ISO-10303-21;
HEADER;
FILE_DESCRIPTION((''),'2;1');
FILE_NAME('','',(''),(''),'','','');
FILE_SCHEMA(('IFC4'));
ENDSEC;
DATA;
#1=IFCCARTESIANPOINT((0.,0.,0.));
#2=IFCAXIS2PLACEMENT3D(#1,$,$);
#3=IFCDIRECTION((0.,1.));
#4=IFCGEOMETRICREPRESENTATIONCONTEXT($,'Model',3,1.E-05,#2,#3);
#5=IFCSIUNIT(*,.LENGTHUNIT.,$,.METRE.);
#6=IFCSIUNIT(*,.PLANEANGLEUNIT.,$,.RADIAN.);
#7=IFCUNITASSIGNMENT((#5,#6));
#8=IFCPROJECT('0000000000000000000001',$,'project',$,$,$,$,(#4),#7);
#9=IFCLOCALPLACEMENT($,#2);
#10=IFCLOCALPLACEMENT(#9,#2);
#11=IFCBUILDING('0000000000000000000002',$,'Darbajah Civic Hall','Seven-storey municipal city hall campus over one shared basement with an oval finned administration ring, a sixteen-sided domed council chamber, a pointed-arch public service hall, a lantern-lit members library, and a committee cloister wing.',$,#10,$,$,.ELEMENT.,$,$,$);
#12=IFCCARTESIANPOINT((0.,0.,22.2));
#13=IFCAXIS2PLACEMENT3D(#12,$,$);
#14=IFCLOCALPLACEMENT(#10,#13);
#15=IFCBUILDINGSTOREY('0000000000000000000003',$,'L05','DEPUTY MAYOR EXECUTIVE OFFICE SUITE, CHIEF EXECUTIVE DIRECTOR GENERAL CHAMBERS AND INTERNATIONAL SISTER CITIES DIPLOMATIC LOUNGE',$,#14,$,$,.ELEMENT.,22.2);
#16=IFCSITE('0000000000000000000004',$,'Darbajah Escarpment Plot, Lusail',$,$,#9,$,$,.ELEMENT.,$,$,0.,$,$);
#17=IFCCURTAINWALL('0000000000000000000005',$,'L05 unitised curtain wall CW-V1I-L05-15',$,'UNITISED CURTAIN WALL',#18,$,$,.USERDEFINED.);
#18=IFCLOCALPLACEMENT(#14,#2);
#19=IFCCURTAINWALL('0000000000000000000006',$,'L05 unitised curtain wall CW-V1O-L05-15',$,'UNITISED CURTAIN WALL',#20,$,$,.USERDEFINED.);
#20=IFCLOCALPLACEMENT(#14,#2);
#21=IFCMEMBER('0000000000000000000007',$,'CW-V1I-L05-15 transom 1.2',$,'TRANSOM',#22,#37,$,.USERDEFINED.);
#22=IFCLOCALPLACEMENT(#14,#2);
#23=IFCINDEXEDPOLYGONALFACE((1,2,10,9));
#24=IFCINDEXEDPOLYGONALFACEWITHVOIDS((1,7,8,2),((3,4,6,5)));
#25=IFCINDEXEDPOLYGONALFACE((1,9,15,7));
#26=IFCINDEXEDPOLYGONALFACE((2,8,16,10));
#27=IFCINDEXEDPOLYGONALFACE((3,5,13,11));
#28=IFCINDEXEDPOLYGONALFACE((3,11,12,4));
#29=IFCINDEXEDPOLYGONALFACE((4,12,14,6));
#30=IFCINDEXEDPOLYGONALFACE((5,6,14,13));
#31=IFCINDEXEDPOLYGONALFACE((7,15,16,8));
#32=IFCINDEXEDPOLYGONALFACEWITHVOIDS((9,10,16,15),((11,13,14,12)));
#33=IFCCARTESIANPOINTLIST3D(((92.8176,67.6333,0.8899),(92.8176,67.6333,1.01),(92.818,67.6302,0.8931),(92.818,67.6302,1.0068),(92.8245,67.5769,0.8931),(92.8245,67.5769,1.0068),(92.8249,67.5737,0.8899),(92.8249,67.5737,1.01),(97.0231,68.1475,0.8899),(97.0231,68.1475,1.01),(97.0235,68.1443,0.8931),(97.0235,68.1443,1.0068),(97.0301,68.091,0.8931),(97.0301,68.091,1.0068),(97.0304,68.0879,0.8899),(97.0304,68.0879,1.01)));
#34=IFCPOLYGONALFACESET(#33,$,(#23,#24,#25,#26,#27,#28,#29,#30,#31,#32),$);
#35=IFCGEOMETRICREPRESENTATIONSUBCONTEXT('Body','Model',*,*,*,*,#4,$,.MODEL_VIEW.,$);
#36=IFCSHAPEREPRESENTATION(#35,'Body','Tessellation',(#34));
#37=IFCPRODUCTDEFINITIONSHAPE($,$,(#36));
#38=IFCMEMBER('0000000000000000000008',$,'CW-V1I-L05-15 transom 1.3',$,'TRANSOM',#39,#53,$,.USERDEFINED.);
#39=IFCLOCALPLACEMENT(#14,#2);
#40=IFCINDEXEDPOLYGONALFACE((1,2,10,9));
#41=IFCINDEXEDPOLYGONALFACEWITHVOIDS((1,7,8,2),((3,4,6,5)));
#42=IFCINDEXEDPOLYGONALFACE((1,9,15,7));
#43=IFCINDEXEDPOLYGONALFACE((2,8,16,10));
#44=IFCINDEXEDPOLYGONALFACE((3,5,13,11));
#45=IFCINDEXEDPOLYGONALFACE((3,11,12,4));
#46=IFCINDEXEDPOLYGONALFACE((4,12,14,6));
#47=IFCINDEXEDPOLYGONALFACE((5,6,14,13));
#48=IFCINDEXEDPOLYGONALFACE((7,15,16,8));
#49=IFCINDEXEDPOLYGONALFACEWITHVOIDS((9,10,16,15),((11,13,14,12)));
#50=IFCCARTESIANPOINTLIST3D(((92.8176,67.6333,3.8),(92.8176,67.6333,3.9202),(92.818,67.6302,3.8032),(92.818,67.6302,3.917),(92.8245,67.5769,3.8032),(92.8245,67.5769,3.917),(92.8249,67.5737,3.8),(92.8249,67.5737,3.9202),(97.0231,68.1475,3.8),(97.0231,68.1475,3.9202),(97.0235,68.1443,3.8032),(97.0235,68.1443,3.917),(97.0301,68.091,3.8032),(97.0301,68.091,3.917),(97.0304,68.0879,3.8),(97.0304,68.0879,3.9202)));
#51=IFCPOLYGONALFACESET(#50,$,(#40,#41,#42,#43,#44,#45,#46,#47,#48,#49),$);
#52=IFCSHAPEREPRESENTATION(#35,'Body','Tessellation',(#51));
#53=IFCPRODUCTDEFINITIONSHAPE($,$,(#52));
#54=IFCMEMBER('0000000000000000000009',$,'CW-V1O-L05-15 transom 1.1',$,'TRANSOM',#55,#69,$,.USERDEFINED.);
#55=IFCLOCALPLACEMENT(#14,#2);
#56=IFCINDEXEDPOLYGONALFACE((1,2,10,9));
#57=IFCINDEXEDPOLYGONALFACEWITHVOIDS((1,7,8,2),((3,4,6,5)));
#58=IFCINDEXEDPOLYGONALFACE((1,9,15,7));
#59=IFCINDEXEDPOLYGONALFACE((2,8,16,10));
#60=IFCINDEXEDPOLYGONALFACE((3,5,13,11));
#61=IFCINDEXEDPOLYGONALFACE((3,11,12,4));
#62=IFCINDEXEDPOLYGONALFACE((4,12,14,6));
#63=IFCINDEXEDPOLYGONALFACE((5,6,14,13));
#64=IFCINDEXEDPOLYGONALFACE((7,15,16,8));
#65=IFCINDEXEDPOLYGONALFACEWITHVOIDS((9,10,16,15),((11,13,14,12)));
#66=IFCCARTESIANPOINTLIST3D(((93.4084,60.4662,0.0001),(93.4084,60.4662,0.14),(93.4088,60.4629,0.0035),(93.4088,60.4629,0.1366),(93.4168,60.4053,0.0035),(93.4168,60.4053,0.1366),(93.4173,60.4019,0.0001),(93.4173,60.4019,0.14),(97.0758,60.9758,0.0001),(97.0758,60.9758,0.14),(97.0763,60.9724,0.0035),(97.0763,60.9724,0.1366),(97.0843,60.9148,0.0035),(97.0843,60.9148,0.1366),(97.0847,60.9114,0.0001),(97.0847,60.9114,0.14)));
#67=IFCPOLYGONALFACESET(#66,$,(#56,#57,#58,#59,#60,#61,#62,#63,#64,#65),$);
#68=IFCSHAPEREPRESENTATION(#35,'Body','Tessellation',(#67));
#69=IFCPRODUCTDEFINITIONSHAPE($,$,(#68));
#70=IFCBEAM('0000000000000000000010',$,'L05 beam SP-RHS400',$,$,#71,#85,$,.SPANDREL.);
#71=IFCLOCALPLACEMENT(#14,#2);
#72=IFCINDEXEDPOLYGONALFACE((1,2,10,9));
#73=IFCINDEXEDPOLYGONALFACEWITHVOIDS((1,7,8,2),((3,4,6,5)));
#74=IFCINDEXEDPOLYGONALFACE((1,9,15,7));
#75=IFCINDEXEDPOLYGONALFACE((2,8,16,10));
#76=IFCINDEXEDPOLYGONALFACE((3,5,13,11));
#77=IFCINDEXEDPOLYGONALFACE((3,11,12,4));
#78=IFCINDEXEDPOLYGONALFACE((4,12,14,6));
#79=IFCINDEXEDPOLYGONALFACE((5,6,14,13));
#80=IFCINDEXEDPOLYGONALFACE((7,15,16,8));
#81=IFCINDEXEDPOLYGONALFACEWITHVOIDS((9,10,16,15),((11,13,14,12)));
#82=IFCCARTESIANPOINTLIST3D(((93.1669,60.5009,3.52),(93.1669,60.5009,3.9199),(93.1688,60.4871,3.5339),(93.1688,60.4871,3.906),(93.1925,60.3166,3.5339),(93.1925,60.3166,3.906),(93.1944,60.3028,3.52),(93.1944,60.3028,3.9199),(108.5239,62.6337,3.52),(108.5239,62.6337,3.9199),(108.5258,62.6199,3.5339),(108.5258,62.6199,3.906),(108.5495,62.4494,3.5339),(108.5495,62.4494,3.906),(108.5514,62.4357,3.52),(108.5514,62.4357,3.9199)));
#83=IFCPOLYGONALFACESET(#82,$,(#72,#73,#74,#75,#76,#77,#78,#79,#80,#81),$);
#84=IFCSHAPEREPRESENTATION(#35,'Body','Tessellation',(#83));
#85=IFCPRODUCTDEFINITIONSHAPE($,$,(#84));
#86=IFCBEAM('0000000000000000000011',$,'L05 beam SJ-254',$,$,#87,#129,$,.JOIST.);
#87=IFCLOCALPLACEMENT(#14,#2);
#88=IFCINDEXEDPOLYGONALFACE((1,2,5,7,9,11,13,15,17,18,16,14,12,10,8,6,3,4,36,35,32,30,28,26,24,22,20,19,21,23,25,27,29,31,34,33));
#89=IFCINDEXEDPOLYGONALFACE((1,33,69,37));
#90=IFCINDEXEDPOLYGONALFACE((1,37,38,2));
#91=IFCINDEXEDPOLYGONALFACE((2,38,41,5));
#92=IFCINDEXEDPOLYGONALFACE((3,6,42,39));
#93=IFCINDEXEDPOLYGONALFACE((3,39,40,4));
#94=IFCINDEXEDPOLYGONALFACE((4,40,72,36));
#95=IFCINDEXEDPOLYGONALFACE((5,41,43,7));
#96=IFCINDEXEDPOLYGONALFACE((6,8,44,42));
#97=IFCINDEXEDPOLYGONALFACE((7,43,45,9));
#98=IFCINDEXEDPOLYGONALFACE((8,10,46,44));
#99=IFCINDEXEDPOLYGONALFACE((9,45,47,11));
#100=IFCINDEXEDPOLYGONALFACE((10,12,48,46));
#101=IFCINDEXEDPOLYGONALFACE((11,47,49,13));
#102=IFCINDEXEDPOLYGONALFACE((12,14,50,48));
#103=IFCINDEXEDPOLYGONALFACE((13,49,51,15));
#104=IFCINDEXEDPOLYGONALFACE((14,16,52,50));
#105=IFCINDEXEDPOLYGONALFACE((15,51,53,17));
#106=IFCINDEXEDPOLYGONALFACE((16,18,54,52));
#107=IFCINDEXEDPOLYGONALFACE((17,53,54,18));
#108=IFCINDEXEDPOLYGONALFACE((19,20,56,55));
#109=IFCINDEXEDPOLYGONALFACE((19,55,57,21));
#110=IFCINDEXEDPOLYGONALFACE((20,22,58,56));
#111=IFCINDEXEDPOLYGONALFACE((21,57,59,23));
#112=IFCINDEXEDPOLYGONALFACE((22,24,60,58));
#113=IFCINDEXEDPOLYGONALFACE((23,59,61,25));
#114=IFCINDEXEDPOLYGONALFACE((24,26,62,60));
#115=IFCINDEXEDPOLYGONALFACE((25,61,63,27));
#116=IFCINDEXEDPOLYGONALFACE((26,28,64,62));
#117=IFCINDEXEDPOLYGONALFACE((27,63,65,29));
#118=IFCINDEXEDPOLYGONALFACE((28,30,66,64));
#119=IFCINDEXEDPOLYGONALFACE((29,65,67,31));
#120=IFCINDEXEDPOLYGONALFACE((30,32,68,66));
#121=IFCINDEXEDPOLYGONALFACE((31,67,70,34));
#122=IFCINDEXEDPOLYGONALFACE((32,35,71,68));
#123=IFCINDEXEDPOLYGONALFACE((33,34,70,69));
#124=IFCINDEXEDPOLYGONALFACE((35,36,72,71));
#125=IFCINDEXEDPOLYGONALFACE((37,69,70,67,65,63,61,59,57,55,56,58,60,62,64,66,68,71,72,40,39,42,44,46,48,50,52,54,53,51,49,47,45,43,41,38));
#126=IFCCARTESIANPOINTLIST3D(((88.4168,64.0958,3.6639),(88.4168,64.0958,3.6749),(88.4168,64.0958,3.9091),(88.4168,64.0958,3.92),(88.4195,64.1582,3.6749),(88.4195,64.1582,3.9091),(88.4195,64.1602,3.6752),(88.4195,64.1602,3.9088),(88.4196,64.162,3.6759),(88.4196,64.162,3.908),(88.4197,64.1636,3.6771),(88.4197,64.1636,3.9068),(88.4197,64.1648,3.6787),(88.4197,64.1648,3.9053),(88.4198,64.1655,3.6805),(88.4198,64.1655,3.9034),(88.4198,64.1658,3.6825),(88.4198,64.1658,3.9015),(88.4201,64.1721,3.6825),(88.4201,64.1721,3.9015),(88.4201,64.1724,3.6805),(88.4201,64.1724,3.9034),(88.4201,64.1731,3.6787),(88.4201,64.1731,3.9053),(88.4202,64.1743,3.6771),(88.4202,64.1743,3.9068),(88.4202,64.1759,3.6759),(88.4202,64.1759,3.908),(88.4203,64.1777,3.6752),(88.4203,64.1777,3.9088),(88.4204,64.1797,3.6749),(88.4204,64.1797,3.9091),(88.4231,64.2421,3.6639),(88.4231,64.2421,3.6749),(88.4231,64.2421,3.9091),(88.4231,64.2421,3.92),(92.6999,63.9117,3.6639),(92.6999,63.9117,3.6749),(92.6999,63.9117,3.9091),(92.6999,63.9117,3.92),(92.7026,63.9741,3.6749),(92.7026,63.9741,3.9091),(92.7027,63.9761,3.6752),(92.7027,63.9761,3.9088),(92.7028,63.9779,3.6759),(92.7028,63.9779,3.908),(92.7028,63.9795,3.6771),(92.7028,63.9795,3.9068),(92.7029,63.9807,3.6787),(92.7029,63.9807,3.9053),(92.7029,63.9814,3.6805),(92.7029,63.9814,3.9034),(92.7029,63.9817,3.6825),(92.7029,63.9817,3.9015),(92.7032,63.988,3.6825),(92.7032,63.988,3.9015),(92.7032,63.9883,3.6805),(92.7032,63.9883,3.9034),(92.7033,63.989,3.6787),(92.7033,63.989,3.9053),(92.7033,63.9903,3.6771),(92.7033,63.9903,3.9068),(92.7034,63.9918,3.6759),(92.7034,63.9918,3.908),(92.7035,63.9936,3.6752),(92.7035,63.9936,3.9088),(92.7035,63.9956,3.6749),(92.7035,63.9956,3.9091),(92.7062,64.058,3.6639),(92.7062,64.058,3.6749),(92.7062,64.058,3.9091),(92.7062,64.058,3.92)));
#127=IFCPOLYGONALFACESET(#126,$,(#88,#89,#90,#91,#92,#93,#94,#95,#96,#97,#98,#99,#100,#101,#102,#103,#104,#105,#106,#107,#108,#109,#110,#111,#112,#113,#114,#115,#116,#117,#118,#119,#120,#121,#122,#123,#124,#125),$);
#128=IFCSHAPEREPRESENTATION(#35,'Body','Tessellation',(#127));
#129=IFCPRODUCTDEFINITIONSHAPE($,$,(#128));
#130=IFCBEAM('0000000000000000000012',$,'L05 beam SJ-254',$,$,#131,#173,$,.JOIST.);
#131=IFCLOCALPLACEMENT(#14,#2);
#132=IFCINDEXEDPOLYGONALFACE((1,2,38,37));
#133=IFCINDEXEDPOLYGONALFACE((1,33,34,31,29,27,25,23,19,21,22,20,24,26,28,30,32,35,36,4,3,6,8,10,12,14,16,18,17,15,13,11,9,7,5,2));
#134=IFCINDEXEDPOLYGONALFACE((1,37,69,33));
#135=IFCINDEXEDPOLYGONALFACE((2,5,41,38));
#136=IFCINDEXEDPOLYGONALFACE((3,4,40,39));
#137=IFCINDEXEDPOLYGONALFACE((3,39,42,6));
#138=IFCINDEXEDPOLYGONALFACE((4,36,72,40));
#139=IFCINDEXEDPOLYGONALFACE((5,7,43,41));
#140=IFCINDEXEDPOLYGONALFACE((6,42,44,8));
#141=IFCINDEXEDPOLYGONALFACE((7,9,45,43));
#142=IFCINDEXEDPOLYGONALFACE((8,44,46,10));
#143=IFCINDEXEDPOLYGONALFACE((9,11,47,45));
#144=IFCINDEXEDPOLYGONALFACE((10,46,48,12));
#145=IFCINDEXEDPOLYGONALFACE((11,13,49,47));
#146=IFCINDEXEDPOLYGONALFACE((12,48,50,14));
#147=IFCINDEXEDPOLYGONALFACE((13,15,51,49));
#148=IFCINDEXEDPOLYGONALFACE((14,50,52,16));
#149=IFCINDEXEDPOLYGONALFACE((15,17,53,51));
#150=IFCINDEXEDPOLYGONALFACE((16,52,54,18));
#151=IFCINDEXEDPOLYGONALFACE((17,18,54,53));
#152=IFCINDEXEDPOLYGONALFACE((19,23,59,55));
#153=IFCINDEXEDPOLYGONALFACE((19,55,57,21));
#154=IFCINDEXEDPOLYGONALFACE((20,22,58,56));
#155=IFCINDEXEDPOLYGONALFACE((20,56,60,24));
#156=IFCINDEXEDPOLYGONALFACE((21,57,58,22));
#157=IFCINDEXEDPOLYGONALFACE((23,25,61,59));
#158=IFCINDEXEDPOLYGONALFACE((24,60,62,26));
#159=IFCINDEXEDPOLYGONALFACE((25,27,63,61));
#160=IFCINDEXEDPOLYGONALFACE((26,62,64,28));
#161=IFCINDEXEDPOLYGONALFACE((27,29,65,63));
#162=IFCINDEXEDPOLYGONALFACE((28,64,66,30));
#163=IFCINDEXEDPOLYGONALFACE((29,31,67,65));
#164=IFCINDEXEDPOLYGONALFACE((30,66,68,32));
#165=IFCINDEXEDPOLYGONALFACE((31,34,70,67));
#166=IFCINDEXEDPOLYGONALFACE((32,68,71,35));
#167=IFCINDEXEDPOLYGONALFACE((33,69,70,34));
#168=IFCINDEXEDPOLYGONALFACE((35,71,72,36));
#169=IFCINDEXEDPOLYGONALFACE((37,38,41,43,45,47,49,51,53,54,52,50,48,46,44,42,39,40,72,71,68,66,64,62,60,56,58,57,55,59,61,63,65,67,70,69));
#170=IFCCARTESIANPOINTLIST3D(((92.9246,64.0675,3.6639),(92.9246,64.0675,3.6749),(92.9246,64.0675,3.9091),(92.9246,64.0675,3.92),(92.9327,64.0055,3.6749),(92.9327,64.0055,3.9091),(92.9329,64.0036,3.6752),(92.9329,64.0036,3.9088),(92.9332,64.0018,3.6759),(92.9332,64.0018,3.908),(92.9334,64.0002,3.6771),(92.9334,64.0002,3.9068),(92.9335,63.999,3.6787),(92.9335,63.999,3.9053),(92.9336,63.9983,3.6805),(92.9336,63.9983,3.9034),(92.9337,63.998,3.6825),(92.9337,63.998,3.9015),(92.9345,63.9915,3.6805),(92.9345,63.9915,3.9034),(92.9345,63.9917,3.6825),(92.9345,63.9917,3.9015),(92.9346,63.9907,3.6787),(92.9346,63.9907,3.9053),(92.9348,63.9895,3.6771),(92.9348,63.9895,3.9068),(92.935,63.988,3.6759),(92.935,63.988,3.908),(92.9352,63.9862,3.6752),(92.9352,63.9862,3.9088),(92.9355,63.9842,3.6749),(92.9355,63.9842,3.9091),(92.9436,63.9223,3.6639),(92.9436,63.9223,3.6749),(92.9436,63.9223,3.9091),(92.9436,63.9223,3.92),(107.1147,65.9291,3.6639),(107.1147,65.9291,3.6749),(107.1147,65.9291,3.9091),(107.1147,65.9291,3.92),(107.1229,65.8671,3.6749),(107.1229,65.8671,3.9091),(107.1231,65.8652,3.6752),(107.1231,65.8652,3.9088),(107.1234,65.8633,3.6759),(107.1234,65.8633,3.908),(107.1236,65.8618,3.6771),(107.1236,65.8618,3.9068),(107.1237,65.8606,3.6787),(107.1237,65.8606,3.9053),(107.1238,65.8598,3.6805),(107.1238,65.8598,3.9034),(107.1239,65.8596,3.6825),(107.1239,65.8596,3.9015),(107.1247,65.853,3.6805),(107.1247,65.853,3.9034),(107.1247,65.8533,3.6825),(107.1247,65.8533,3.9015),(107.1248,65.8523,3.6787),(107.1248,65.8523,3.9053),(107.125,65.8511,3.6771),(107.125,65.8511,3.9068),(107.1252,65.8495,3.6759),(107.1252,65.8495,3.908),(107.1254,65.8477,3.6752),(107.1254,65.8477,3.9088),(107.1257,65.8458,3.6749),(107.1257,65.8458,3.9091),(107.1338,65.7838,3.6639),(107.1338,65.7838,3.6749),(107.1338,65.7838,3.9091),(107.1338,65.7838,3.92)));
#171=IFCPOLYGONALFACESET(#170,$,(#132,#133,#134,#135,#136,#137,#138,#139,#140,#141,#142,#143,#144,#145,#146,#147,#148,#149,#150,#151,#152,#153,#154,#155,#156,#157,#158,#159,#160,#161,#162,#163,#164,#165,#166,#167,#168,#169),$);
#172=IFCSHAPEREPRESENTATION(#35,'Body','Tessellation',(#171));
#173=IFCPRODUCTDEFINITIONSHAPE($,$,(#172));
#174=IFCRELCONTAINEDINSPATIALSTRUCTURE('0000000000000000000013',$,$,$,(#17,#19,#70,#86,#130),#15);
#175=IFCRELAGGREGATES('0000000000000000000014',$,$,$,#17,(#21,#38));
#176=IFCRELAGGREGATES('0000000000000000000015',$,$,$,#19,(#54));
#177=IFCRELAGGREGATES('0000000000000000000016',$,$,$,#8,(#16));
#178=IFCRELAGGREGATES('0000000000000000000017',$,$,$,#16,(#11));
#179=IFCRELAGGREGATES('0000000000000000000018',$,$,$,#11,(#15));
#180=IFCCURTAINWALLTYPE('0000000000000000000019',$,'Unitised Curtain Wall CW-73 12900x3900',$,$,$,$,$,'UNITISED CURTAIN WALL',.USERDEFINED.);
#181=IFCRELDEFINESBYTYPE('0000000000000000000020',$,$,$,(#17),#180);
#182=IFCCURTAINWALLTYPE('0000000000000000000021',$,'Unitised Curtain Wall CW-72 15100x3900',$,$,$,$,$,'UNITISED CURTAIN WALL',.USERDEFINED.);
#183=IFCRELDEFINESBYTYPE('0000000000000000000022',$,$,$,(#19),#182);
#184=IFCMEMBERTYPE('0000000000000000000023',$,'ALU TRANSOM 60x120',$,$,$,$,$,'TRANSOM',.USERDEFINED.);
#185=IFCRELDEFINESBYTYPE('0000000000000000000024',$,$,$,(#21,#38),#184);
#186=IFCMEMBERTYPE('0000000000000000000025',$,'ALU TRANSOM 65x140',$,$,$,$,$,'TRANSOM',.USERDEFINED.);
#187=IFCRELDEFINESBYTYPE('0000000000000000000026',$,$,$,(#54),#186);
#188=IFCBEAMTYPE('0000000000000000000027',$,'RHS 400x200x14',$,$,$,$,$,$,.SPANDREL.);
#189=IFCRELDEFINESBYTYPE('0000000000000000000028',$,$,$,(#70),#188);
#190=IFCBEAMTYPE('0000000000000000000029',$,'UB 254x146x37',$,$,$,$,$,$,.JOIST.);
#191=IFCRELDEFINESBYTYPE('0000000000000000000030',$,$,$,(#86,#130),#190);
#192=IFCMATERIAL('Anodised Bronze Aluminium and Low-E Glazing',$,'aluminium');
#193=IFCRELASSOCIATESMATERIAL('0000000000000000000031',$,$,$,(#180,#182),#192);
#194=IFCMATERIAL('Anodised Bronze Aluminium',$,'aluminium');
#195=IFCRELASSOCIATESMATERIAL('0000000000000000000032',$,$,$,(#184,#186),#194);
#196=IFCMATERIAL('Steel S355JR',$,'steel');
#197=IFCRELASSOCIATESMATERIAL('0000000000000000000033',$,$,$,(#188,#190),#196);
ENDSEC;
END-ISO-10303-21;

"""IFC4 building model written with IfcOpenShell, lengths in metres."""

from ifc_helpers import new_model, si_unit, direction, frame, origin, origin_2d, place, context, subcontext, project, spatial, hollow_rectangle, i_section, extrude, material, material_profile, profile_set, type_object, element, aggregate, save


model = new_model("IFC4")

# Units and contexts
model_context = context("Model", 3, precision=1e-05, world=origin(), true_north=direction((0.0, 1.0)))
body_context = subcontext(model_context, "Body", "Model", "MODEL_VIEW")
ifc_project = project(units=[si_unit("LENGTHUNIT", "METRE"), si_unit("PLANEANGLEUNIT", "RADIAN")], contexts=[model_context])

# Site, building, storey
site_placement = place(None, origin())
site = spatial("IfcSite", under=ifc_project, at=site_placement, Name="Darbajah Escarpment Plot, Lusail", CompositionType="ELEMENT", RefElevation=0.0)
building_placement = place(site_placement, origin())
building = spatial("IfcBuilding", under=site, at=building_placement, Name="Darbajah Civic Hall", Description="Seven-storey municipal city hall campus over one shared basement with an oval finned administration ring, a sixteen-sided domed council chamber, a pointed-arch public service hall, a lantern-lit members library, and a committee cloister wing.", CompositionType="ELEMENT")
storey_placement = place(building_placement, frame((0.0, 0.0, 22.2)))
storey = spatial("IfcBuildingStorey", under=building, at=storey_placement, Name="L05", Description="DEPUTY MAYOR EXECUTIVE OFFICE SUITE, CHIEF EXECUTIVE DIRECTOR GENERAL CHAMBERS AND INTERNATIONAL SISTER CITIES DIPLOMATIC LOUNGE", CompositionType="ELEMENT", Elevation=22.2)

# Shared definitions
ifc_material_1 = material(Name="Anodised Bronze Aluminium and Low-E Glazing", Category="aluminium")
ifc_material_2 = material(Name="Anodised Bronze Aluminium", Category="aluminium")

# Curtain walls
curtain_wall_type_1 = type_object("IfcCurtainWallType", Name="Unitised Curtain Wall CW-73 12900x3900", ElementType="UNITISED CURTAIN WALL", PredefinedType="USERDEFINED", material=ifc_material_1)
curtain_wall_1_placement = place(storey_placement, origin())
curtain_wall_1 = element("IfcCurtainWall", 1, at=curtain_wall_1_placement, inside=storey, type_object=curtain_wall_type_1, Name="L05 unitised curtain wall CW-V1I-L05-15", ObjectType="UNITISED CURTAIN WALL", PredefinedType="USERDEFINED")
curtain_wall_type_2 = type_object("IfcCurtainWallType", Name="Unitised Curtain Wall CW-72 15100x3900", ElementType="UNITISED CURTAIN WALL", PredefinedType="USERDEFINED", material=ifc_material_1)
curtain_wall_2_placement = place(storey_placement, origin())
curtain_wall_2 = element("IfcCurtainWall", 2, at=curtain_wall_2_placement, inside=storey, type_object=curtain_wall_type_2, Name="L05 unitised curtain wall CW-V1O-L05-15", ObjectType="UNITISED CURTAIN WALL", PredefinedType="USERDEFINED")

# Members
ifc_material_profile_1 = material_profile(ifc_material_2, hollow_rectangle(XDim=0.0601, YDim=0.1201, WallThickness=0.0032, at=origin_2d()), Name="ALU TRANSOM 60x120")
ifc_profile_set_1 = profile_set([ifc_material_profile_1], Name="Anodised Bronze Aluminium")
member_type_1 = type_object("IfcMemberType", Name="ALU TRANSOM 60x120", ElementType="TRANSOM", PredefinedType="USERDEFINED", material=ifc_profile_set_1)
member_1_placement = place(storey_placement, frame((92.8213, 67.6035, 0.95), z_axis=(0.992609, 0.121353, 0.0), x_axis=(-0.121353, 0.992609, 0.0)))
member_1 = element("IfcMember", 3, at=member_1_placement, type_object=member_type_1, Name="CW-V1I-L05-15 transom 1.2", ObjectType="TRANSOM", PredefinedType="USERDEFINED", context=body_context, shape_type="SweptSolid", body=[
    extrude(hollow_rectangle(XDim=0.0601, YDim=0.1201, WallThickness=0.0032, at=origin_2d()), origin(), (0.0, 0.0, 1.0), 4.2368),
])
member_2_placement = place(storey_placement, frame((92.8213, 67.6035, 3.8601), z_axis=(0.992609, 0.121353, 0.0), x_axis=(-0.121353, 0.992609, 0.0)))
member_2 = element("IfcMember", 4, at=member_2_placement, type_object=member_type_1, Name="CW-V1I-L05-15 transom 1.3", ObjectType="TRANSOM", PredefinedType="USERDEFINED", context=body_context, shape_type="SweptSolid", body=[
    extrude(hollow_rectangle(XDim=0.0601, YDim=0.1201, WallThickness=0.0032, at=origin_2d()), origin(), (0.0, 0.0, 1.0), 4.2368),
])
aggregate(curtain_wall_1, [member_1, member_2])
ifc_material_profile_2 = material_profile(ifc_material_2, hollow_rectangle(XDim=0.0649, YDim=0.1399, WallThickness=0.0034, at=origin_2d()), Name="ALU TRANSOM 65x140")
ifc_profile_set_2 = profile_set([ifc_material_profile_2], Name="Anodised Bronze Aluminium")
member_type_2 = type_object("IfcMemberType", Name="ALU TRANSOM 65x140", ElementType="TRANSOM", PredefinedType="USERDEFINED", material=ifc_profile_set_2)
member_3_placement = place(storey_placement, frame((93.4128, 60.4341, 0.0701), z_axis=(0.990487, 0.137608, 0.0), x_axis=(-0.137608, 0.990487, 0.0)))
member_3 = element("IfcMember", 5, at=member_3_placement, type_object=member_type_2, Name="CW-V1O-L05-15 transom 1.1", ObjectType="TRANSOM", PredefinedType="USERDEFINED", context=body_context, shape_type="SweptSolid", body=[
    extrude(hollow_rectangle(XDim=0.0649, YDim=0.1399, WallThickness=0.0034, at=origin_2d()), origin(), (0.0, 0.0, 1.0), 3.7026),
])
aggregate(curtain_wall_2, [member_3])

# Beams
ifc_material_3 = material(Name="Steel S355JR", Category="steel")
ifc_material_profile_3 = material_profile(ifc_material_3, hollow_rectangle(XDim=0.2, YDim=0.3999, WallThickness=0.0139, at=origin_2d()), Name="RHS 400x200x14")
ifc_profile_set_3 = profile_set([ifc_material_profile_3], Name="Steel S355JR")
beam_type_1 = type_object("IfcBeamType", Name="RHS 400x200x14", PredefinedType="SPANDREL", material=ifc_profile_set_3)
beam_1_placement = place(storey_placement, frame((93.1807, 60.4019, 3.72), z_axis=(0.990493, 0.137562, 0.0), x_axis=(-0.137562, 0.990493, 0.0)))
element("IfcBeam", 6, at=beam_1_placement, inside=storey, type_object=beam_type_1, Name="L05 beam SP-RHS400", PredefinedType="SPANDREL", context=body_context, shape_type="SweptSolid", body=[
    extrude(hollow_rectangle(XDim=0.2, YDim=0.3999, WallThickness=0.0139, at=origin_2d()), origin(), (0.0, 0.0, 1.0), 15.5044),
])
ifc_material_profile_4 = material_profile(ifc_material_3, i_section(OverallWidth=0.1465, OverallDepth=0.2561, WebThickness=0.0063, FlangeThickness=0.011, FilletRadius=0.0076, at=origin_2d()), Name="UB 254x146x37")
ifc_profile_set_4 = profile_set([ifc_material_profile_4], Name="Steel S355JR")
beam_type_2 = type_object("IfcBeamType", Name="UB 254x146x37", PredefinedType="JOIST", material=ifc_profile_set_4)
beam_2_placement = place(storey_placement, frame((88.4199, 64.1689, 3.792), z_axis=(0.999078, -0.042938, 0.0), x_axis=(0.042938, 0.999078, 0.0)))
element("IfcBeam", 7, at=beam_2_placement, inside=storey, type_object=beam_type_2, Name="L05 beam SJ-254", PredefinedType="JOIST", context=body_context, shape_type="SweptSolid", body=[
    extrude(i_section(OverallWidth=0.1465, OverallDepth=0.2561, WebThickness=0.0063, FlangeThickness=0.011, FilletRadius=0.0076, at=origin_2d()), origin(), (0.0, 0.0, 1.0), 4.2871),
])
beam_3_placement = place(storey_placement, frame((92.9341, 63.9949, 3.792), z_axis=(0.991504, 0.130073, 0.0), x_axis=(-0.130073, 0.991504, 0.0)))
element("IfcBeam", 8, at=beam_3_placement, inside=storey, type_object=beam_type_2, Name="L05 beam SJ-254", PredefinedType="JOIST", context=body_context, shape_type="SweptSolid", body=[
    extrude(i_section(OverallWidth=0.1465, OverallDepth=0.2561, WebThickness=0.0063, FlangeThickness=0.011, FilletRadius=0.0076, at=origin_2d()), origin(), (0.0, 0.0, 1.0), 14.3118),
])

save(model, "model.ifc")
